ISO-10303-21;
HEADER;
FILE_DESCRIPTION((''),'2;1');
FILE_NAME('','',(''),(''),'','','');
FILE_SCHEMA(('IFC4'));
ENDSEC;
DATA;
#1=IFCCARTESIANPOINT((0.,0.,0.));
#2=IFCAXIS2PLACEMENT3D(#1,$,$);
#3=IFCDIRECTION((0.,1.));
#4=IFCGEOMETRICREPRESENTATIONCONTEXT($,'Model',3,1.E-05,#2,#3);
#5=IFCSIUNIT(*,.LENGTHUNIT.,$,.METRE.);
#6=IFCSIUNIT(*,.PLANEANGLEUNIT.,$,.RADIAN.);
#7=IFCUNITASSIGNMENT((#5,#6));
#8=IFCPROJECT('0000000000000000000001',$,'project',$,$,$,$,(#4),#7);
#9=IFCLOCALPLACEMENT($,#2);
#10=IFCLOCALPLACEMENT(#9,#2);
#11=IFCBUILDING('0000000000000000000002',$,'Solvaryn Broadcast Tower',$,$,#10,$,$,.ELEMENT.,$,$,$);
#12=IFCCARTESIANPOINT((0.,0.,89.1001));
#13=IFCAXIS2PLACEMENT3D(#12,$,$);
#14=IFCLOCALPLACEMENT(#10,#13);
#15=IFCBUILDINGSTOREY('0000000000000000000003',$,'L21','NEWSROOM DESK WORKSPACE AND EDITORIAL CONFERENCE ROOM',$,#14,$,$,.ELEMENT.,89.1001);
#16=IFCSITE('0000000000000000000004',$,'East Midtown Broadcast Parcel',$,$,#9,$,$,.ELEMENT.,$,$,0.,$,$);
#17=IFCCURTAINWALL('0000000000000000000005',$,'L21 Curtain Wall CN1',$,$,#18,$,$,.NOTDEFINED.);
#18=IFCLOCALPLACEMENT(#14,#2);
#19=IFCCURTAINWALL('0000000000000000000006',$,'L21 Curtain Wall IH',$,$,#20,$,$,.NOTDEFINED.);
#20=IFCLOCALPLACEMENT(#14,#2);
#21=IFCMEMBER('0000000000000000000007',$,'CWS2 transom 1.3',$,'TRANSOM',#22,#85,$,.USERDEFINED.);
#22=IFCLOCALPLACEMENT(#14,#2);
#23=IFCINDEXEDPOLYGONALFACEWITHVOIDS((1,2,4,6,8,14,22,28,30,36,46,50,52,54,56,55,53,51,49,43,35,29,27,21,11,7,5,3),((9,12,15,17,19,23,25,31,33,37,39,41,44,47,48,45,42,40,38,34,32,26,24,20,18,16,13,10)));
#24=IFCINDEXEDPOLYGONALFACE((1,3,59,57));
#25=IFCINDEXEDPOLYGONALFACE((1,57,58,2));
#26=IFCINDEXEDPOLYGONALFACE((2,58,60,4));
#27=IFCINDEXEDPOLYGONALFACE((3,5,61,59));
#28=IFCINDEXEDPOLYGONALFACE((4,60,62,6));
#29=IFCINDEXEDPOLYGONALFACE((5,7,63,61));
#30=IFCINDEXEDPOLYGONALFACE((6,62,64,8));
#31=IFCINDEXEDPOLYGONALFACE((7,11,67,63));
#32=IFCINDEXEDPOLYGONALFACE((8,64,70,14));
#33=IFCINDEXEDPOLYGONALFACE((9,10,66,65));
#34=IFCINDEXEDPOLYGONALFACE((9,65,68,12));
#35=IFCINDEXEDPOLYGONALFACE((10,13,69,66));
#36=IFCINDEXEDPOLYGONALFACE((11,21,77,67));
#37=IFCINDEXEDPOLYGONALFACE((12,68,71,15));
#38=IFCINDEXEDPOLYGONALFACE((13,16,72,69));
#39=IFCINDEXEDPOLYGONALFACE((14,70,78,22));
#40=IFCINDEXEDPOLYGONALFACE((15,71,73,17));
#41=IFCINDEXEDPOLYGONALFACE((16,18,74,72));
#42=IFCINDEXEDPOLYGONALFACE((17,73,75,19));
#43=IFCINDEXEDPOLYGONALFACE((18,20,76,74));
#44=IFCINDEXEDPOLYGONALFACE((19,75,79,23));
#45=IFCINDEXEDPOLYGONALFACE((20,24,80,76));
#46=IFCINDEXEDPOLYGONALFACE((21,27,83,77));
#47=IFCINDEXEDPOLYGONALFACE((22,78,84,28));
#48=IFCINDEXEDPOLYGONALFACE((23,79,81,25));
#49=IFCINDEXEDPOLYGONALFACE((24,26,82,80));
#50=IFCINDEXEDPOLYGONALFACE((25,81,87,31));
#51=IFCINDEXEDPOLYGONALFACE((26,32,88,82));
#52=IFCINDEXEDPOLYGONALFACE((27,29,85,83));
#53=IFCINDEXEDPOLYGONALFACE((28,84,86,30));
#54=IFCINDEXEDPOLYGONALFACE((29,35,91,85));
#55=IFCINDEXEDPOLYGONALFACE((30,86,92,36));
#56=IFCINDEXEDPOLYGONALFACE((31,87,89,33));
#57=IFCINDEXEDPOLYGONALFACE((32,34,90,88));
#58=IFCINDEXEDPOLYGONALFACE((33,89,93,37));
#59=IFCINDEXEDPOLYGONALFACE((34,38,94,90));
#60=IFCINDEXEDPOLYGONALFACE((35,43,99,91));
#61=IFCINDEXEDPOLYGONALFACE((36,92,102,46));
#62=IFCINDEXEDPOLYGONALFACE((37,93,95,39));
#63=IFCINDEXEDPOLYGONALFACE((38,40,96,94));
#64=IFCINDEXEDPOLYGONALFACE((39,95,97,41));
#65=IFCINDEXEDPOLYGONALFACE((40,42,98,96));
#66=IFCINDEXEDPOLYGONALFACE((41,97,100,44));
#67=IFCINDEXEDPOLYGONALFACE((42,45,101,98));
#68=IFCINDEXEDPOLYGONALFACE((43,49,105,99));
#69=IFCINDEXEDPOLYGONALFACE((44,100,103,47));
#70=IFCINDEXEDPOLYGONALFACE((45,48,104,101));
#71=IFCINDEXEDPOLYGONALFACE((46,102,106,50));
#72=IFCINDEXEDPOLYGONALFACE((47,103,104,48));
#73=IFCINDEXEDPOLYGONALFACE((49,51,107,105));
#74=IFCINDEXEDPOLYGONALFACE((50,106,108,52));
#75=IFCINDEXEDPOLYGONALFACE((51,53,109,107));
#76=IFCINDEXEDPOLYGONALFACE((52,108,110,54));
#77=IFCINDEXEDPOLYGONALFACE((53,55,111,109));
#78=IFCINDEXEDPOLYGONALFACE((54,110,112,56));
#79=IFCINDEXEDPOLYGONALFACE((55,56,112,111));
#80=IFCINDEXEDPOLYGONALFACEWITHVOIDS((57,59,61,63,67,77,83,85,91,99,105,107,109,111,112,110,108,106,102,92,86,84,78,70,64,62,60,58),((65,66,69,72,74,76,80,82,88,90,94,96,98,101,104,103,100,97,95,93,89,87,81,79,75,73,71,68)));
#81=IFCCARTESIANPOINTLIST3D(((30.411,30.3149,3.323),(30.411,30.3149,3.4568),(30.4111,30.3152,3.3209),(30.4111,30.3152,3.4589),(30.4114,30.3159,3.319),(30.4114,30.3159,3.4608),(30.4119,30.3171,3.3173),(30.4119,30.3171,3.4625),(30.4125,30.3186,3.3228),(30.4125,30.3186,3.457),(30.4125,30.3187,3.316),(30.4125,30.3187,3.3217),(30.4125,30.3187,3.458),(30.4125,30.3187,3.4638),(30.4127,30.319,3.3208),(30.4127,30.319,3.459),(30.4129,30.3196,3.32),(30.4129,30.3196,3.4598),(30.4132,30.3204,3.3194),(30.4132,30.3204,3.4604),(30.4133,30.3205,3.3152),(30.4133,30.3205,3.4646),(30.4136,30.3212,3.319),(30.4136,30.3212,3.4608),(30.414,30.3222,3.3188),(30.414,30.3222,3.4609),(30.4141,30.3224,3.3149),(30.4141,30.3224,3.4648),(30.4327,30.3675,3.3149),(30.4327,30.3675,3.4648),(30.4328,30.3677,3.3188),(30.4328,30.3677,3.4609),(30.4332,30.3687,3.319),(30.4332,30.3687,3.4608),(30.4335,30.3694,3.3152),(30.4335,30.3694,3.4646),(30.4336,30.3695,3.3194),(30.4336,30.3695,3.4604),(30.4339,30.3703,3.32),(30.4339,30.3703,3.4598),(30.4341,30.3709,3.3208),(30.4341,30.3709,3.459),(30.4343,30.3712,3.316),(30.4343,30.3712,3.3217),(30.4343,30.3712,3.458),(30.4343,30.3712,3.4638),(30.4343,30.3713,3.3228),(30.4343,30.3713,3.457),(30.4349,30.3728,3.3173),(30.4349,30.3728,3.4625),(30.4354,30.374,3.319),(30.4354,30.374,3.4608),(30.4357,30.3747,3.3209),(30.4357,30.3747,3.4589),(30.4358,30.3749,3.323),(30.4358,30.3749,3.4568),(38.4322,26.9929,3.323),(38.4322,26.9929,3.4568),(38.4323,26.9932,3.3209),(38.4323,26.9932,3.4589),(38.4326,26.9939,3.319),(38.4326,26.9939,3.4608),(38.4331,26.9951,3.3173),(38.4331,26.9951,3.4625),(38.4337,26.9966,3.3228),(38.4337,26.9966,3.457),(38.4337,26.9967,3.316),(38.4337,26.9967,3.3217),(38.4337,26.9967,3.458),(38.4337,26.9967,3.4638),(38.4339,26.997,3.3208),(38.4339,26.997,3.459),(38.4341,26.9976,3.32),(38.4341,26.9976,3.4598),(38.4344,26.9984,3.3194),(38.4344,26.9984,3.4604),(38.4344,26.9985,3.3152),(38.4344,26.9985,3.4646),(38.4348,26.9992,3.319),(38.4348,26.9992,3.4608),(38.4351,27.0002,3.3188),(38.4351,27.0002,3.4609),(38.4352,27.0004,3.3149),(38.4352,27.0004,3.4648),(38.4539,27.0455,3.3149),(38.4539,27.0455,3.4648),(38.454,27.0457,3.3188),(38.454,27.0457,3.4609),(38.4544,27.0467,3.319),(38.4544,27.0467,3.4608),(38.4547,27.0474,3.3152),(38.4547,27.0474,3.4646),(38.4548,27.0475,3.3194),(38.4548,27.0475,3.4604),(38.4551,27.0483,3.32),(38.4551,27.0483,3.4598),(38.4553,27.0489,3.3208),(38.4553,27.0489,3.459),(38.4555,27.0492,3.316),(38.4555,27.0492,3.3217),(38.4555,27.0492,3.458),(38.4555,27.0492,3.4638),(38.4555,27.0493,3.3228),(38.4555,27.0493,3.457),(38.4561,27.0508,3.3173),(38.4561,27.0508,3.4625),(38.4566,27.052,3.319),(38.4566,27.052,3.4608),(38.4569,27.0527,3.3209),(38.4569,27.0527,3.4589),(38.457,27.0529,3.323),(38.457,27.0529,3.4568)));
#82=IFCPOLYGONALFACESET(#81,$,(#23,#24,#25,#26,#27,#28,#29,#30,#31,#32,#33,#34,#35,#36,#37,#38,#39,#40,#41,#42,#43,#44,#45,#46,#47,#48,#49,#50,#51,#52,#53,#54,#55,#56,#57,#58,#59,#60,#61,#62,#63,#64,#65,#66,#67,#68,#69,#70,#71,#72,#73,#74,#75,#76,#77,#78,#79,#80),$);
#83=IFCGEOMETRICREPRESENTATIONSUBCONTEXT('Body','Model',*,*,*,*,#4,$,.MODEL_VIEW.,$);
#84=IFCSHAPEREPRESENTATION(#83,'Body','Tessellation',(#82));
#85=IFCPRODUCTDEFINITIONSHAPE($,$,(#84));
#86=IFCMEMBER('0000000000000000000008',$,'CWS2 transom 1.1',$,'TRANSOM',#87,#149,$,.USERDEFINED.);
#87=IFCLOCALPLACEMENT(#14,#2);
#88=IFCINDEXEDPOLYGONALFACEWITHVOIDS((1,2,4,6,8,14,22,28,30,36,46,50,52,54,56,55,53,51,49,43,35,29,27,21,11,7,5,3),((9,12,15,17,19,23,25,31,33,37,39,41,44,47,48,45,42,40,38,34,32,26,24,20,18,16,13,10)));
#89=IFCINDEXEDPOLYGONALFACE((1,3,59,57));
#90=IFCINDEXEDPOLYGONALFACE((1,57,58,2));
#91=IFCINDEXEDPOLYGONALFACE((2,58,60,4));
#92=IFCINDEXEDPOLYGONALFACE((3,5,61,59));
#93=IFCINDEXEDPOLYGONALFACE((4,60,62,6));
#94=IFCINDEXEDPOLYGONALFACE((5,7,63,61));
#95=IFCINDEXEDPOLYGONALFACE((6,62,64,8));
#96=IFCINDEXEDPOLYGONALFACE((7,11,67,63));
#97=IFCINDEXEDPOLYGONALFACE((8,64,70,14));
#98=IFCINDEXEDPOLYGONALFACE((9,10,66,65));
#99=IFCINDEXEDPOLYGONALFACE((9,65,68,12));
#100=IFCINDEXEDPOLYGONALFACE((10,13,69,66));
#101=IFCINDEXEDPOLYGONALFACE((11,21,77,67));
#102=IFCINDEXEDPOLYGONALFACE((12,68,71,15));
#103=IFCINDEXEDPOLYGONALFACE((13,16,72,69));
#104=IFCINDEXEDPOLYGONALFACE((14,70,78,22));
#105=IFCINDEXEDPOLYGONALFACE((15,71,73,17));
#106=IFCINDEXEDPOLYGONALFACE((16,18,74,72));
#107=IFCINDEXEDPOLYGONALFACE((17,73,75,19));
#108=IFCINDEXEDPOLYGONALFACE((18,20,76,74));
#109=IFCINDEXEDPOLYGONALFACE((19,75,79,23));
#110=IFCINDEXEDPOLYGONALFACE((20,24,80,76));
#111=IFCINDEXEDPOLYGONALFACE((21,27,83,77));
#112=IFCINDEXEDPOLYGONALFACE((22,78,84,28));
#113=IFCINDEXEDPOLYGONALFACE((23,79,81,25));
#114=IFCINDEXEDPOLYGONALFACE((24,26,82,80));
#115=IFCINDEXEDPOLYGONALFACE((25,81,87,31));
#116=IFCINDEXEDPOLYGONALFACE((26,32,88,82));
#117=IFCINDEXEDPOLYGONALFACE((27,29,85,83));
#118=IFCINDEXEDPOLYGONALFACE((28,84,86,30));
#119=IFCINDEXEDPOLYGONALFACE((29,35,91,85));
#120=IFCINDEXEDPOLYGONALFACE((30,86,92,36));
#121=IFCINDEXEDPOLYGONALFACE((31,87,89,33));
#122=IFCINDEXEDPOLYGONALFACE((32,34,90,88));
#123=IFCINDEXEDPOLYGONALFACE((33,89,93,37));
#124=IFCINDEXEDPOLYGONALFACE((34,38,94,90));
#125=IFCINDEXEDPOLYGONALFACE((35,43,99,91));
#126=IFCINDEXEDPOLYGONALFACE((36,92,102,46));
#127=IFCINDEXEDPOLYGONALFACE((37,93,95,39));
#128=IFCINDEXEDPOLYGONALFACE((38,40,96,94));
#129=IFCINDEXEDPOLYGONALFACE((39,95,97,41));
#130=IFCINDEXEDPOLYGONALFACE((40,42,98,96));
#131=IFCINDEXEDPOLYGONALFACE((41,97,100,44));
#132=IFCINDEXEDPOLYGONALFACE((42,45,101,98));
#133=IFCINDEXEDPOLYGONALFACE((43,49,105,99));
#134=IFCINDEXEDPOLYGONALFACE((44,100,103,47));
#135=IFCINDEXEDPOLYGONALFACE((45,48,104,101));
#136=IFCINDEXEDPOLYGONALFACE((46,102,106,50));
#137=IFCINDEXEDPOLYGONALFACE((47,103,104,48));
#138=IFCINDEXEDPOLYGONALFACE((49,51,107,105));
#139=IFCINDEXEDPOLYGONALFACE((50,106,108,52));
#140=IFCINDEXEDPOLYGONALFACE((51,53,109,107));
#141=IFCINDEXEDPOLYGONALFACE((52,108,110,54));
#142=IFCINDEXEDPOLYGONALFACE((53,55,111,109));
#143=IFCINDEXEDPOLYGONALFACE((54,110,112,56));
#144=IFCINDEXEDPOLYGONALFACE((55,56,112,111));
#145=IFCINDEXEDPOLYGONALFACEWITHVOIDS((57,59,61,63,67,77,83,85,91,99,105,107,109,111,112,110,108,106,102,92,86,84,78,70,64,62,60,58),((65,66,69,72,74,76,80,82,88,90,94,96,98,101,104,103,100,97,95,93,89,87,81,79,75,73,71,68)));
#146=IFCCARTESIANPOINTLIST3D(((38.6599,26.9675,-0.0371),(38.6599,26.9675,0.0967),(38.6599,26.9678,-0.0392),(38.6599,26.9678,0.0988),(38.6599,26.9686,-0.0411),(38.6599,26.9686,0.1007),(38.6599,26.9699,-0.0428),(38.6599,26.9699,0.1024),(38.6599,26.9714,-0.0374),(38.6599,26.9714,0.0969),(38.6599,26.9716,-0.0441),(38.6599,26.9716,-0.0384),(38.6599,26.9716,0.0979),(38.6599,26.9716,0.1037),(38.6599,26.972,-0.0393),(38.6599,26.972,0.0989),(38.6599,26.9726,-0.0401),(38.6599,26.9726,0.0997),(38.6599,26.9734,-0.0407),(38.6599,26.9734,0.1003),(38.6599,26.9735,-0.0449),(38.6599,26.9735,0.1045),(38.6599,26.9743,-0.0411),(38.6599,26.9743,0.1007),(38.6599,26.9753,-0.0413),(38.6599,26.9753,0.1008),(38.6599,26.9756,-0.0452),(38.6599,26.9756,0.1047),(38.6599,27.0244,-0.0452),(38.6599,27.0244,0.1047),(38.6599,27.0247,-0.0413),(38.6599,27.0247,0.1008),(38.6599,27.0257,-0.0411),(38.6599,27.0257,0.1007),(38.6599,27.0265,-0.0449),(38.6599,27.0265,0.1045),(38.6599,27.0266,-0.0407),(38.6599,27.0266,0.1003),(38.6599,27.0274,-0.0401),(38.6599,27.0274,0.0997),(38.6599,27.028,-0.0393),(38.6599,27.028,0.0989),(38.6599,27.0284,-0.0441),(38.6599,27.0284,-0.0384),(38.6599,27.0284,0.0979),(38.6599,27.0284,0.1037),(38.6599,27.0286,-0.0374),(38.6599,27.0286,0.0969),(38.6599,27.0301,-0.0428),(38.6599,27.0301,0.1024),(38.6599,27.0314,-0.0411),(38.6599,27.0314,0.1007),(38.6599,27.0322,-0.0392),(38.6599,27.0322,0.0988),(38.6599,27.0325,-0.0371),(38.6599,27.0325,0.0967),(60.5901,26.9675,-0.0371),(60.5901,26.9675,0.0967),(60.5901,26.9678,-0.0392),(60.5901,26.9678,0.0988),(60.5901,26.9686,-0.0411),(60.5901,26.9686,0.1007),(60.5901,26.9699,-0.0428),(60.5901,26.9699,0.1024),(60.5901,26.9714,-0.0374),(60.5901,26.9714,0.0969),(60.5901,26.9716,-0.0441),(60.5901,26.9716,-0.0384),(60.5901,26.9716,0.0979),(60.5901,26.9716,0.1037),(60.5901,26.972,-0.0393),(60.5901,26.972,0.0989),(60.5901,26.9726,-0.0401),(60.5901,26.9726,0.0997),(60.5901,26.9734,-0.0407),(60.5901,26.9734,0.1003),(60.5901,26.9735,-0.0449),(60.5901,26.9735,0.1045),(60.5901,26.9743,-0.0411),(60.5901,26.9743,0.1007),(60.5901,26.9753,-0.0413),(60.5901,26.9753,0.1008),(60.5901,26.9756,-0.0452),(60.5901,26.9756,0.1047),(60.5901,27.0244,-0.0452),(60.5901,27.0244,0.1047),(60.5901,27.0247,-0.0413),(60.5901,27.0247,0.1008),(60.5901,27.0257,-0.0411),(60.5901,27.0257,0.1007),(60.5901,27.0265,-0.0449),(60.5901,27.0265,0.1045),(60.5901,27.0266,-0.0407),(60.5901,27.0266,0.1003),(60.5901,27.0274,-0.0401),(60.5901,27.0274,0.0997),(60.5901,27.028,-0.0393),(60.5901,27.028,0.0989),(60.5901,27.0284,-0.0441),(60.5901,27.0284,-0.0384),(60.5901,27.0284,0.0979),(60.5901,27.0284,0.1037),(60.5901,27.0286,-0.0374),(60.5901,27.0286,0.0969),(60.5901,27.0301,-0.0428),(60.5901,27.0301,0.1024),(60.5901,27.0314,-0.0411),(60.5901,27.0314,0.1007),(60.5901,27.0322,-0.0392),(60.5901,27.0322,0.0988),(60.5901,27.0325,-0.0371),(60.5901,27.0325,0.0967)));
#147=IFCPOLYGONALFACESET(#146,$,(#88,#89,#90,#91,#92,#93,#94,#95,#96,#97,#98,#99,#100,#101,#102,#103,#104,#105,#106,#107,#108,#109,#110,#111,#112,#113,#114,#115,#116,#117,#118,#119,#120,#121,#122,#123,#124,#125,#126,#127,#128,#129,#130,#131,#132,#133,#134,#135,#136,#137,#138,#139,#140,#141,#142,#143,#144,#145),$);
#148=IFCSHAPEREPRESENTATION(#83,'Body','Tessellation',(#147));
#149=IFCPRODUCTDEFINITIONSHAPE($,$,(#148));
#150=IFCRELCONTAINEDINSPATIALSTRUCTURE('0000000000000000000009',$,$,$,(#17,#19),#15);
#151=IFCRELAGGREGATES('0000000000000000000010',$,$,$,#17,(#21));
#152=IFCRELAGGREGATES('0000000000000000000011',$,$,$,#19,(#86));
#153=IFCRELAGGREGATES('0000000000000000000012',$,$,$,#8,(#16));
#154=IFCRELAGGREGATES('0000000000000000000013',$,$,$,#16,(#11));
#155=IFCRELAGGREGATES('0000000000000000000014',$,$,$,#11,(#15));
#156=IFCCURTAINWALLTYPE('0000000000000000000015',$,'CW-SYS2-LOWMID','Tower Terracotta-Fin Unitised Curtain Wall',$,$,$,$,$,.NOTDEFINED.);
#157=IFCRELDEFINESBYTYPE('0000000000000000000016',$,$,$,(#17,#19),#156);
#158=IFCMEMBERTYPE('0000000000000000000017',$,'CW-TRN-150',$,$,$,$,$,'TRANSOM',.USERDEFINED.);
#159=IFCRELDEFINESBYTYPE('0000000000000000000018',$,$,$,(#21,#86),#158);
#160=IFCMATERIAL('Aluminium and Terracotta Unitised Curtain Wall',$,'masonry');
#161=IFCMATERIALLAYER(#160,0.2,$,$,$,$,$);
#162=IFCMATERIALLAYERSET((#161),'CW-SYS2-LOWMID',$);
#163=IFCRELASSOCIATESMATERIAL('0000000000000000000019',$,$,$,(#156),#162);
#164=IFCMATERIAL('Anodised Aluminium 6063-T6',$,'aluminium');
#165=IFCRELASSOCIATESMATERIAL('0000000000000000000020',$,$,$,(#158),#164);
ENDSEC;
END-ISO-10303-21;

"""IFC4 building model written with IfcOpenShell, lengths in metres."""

from ifc_helpers import new_model, si_unit, direction, frame, origin, origin_2d, place, context, subcontext, project, spatial, hollow_rectangle, extrude, material, layer, layer_set, material_profile, profile_set, type_object, element, aggregate, save


model = new_model("IFC4")

# Units and contexts
model_context = context("Model", 3, precision=1e-05, world=origin(), true_north=direction((0.0, 1.0)))
body_context = subcontext(model_context, "Body", "Model", "MODEL_VIEW")
ifc_project = project(units=[si_unit("LENGTHUNIT", "METRE"), si_unit("PLANEANGLEUNIT", "RADIAN")], contexts=[model_context])

# Site, building, storey
site_placement = place(None, origin())
site = spatial("IfcSite", under=ifc_project, at=site_placement, Name="East Midtown Broadcast Parcel", CompositionType="ELEMENT", RefElevation=0.0)
building_placement = place(site_placement, origin())
building = spatial("IfcBuilding", under=site, at=building_placement, Name="Solvaryn Broadcast Tower", CompositionType="ELEMENT")
storey_placement = place(building_placement, frame((0.0, 0.0, 89.1001)))
storey = spatial("IfcBuildingStorey", under=building, at=storey_placement, Name="L21", Description="NEWSROOM DESK WORKSPACE AND EDITORIAL CONFERENCE ROOM", CompositionType="ELEMENT", Elevation=89.1001)

# Curtain walls
ifc_material_1 = material(Name="Aluminium and Terracotta Unitised Curtain Wall", Category="masonry")
ifc_layer_1 = layer(ifc_material_1, 0.2)
ifc_layer_set_1 = layer_set([ifc_layer_1], Name="CW-SYS2-LOWMID")
curtain_wall_type = type_object("IfcCurtainWallType", Name="CW-SYS2-LOWMID", Description="Tower Terracotta-Fin Unitised Curtain Wall", PredefinedType="NOTDEFINED", material=ifc_layer_set_1)
curtain_wall_1_placement = place(storey_placement, origin())
curtain_wall_1 = element("IfcCurtainWall", 1, at=curtain_wall_1_placement, inside=storey, type_object=curtain_wall_type, Name="L21 Curtain Wall CN1", PredefinedType="NOTDEFINED")
curtain_wall_2_placement = place(storey_placement, origin())
curtain_wall_2 = element("IfcCurtainWall", 2, at=curtain_wall_2_placement, inside=storey, type_object=curtain_wall_type, Name="L21 Curtain Wall IH", PredefinedType="NOTDEFINED")

# Members
ifc_material_2 = material(Name="Anodised Aluminium 6063-T6", Category="aluminium")
ifc_material_profile_1 = material_profile(ifc_material_2, hollow_rectangle(XDim=0.0649, YDim=0.1499, WallThickness=0.0039, InnerFilletRadius=0.0039, OuterFilletRadius=0.0081, at=origin_2d()))
ifc_profile_set_1 = profile_set([ifc_material_profile_1], Name="Anodised Aluminium 6063-T6")
member_type_1 = type_object("IfcMemberType", Name="CW-TRN-150", ElementType="TRANSOM", PredefinedType="USERDEFINED", material=ifc_profile_set_1)
member_1_placement = place(storey_placement, frame((38.4446, 27.0229, 3.3899), z_axis=(-0.923899, 0.382636, 0.0), x_axis=(-0.382636, -0.923899, 0.0)))
member_1 = element("IfcMember", 3, at=member_1_placement, type_object=member_type_1, Name="CWS2 transom 1.3", ObjectType="TRANSOM", PredefinedType="USERDEFINED", context=body_context, shape_type="SweptSolid", body=[
    extrude(hollow_rectangle(XDim=0.0649, YDim=0.1499, WallThickness=0.0039, InnerFilletRadius=0.0039, OuterFilletRadius=0.0081, at=origin_2d()), origin(), (0.0, 0.0, 1.0), 8.6819),
])
aggregate(curtain_wall_1, [member_1])
member_2_placement = place(storey_placement, frame((38.6599, 27.0, 0.0298), z_axis=(1.0, 0.0, 0.0), x_axis=(0.0, 1.0, 0.0)))
member_2 = element("IfcMember", 4, at=member_2_placement, type_object=member_type_1, Name="CWS2 transom 1.1", ObjectType="TRANSOM", PredefinedType="USERDEFINED", context=body_context, shape_type="SweptSolid", body=[
    extrude(hollow_rectangle(XDim=0.0649, YDim=0.1499, WallThickness=0.0039, InnerFilletRadius=0.0039, OuterFilletRadius=0.0081, at=origin_2d()), origin(), (0.0, 0.0, 1.0), 21.9302),
])
aggregate(curtain_wall_2, [member_2])

save(model, "model.ifc")
